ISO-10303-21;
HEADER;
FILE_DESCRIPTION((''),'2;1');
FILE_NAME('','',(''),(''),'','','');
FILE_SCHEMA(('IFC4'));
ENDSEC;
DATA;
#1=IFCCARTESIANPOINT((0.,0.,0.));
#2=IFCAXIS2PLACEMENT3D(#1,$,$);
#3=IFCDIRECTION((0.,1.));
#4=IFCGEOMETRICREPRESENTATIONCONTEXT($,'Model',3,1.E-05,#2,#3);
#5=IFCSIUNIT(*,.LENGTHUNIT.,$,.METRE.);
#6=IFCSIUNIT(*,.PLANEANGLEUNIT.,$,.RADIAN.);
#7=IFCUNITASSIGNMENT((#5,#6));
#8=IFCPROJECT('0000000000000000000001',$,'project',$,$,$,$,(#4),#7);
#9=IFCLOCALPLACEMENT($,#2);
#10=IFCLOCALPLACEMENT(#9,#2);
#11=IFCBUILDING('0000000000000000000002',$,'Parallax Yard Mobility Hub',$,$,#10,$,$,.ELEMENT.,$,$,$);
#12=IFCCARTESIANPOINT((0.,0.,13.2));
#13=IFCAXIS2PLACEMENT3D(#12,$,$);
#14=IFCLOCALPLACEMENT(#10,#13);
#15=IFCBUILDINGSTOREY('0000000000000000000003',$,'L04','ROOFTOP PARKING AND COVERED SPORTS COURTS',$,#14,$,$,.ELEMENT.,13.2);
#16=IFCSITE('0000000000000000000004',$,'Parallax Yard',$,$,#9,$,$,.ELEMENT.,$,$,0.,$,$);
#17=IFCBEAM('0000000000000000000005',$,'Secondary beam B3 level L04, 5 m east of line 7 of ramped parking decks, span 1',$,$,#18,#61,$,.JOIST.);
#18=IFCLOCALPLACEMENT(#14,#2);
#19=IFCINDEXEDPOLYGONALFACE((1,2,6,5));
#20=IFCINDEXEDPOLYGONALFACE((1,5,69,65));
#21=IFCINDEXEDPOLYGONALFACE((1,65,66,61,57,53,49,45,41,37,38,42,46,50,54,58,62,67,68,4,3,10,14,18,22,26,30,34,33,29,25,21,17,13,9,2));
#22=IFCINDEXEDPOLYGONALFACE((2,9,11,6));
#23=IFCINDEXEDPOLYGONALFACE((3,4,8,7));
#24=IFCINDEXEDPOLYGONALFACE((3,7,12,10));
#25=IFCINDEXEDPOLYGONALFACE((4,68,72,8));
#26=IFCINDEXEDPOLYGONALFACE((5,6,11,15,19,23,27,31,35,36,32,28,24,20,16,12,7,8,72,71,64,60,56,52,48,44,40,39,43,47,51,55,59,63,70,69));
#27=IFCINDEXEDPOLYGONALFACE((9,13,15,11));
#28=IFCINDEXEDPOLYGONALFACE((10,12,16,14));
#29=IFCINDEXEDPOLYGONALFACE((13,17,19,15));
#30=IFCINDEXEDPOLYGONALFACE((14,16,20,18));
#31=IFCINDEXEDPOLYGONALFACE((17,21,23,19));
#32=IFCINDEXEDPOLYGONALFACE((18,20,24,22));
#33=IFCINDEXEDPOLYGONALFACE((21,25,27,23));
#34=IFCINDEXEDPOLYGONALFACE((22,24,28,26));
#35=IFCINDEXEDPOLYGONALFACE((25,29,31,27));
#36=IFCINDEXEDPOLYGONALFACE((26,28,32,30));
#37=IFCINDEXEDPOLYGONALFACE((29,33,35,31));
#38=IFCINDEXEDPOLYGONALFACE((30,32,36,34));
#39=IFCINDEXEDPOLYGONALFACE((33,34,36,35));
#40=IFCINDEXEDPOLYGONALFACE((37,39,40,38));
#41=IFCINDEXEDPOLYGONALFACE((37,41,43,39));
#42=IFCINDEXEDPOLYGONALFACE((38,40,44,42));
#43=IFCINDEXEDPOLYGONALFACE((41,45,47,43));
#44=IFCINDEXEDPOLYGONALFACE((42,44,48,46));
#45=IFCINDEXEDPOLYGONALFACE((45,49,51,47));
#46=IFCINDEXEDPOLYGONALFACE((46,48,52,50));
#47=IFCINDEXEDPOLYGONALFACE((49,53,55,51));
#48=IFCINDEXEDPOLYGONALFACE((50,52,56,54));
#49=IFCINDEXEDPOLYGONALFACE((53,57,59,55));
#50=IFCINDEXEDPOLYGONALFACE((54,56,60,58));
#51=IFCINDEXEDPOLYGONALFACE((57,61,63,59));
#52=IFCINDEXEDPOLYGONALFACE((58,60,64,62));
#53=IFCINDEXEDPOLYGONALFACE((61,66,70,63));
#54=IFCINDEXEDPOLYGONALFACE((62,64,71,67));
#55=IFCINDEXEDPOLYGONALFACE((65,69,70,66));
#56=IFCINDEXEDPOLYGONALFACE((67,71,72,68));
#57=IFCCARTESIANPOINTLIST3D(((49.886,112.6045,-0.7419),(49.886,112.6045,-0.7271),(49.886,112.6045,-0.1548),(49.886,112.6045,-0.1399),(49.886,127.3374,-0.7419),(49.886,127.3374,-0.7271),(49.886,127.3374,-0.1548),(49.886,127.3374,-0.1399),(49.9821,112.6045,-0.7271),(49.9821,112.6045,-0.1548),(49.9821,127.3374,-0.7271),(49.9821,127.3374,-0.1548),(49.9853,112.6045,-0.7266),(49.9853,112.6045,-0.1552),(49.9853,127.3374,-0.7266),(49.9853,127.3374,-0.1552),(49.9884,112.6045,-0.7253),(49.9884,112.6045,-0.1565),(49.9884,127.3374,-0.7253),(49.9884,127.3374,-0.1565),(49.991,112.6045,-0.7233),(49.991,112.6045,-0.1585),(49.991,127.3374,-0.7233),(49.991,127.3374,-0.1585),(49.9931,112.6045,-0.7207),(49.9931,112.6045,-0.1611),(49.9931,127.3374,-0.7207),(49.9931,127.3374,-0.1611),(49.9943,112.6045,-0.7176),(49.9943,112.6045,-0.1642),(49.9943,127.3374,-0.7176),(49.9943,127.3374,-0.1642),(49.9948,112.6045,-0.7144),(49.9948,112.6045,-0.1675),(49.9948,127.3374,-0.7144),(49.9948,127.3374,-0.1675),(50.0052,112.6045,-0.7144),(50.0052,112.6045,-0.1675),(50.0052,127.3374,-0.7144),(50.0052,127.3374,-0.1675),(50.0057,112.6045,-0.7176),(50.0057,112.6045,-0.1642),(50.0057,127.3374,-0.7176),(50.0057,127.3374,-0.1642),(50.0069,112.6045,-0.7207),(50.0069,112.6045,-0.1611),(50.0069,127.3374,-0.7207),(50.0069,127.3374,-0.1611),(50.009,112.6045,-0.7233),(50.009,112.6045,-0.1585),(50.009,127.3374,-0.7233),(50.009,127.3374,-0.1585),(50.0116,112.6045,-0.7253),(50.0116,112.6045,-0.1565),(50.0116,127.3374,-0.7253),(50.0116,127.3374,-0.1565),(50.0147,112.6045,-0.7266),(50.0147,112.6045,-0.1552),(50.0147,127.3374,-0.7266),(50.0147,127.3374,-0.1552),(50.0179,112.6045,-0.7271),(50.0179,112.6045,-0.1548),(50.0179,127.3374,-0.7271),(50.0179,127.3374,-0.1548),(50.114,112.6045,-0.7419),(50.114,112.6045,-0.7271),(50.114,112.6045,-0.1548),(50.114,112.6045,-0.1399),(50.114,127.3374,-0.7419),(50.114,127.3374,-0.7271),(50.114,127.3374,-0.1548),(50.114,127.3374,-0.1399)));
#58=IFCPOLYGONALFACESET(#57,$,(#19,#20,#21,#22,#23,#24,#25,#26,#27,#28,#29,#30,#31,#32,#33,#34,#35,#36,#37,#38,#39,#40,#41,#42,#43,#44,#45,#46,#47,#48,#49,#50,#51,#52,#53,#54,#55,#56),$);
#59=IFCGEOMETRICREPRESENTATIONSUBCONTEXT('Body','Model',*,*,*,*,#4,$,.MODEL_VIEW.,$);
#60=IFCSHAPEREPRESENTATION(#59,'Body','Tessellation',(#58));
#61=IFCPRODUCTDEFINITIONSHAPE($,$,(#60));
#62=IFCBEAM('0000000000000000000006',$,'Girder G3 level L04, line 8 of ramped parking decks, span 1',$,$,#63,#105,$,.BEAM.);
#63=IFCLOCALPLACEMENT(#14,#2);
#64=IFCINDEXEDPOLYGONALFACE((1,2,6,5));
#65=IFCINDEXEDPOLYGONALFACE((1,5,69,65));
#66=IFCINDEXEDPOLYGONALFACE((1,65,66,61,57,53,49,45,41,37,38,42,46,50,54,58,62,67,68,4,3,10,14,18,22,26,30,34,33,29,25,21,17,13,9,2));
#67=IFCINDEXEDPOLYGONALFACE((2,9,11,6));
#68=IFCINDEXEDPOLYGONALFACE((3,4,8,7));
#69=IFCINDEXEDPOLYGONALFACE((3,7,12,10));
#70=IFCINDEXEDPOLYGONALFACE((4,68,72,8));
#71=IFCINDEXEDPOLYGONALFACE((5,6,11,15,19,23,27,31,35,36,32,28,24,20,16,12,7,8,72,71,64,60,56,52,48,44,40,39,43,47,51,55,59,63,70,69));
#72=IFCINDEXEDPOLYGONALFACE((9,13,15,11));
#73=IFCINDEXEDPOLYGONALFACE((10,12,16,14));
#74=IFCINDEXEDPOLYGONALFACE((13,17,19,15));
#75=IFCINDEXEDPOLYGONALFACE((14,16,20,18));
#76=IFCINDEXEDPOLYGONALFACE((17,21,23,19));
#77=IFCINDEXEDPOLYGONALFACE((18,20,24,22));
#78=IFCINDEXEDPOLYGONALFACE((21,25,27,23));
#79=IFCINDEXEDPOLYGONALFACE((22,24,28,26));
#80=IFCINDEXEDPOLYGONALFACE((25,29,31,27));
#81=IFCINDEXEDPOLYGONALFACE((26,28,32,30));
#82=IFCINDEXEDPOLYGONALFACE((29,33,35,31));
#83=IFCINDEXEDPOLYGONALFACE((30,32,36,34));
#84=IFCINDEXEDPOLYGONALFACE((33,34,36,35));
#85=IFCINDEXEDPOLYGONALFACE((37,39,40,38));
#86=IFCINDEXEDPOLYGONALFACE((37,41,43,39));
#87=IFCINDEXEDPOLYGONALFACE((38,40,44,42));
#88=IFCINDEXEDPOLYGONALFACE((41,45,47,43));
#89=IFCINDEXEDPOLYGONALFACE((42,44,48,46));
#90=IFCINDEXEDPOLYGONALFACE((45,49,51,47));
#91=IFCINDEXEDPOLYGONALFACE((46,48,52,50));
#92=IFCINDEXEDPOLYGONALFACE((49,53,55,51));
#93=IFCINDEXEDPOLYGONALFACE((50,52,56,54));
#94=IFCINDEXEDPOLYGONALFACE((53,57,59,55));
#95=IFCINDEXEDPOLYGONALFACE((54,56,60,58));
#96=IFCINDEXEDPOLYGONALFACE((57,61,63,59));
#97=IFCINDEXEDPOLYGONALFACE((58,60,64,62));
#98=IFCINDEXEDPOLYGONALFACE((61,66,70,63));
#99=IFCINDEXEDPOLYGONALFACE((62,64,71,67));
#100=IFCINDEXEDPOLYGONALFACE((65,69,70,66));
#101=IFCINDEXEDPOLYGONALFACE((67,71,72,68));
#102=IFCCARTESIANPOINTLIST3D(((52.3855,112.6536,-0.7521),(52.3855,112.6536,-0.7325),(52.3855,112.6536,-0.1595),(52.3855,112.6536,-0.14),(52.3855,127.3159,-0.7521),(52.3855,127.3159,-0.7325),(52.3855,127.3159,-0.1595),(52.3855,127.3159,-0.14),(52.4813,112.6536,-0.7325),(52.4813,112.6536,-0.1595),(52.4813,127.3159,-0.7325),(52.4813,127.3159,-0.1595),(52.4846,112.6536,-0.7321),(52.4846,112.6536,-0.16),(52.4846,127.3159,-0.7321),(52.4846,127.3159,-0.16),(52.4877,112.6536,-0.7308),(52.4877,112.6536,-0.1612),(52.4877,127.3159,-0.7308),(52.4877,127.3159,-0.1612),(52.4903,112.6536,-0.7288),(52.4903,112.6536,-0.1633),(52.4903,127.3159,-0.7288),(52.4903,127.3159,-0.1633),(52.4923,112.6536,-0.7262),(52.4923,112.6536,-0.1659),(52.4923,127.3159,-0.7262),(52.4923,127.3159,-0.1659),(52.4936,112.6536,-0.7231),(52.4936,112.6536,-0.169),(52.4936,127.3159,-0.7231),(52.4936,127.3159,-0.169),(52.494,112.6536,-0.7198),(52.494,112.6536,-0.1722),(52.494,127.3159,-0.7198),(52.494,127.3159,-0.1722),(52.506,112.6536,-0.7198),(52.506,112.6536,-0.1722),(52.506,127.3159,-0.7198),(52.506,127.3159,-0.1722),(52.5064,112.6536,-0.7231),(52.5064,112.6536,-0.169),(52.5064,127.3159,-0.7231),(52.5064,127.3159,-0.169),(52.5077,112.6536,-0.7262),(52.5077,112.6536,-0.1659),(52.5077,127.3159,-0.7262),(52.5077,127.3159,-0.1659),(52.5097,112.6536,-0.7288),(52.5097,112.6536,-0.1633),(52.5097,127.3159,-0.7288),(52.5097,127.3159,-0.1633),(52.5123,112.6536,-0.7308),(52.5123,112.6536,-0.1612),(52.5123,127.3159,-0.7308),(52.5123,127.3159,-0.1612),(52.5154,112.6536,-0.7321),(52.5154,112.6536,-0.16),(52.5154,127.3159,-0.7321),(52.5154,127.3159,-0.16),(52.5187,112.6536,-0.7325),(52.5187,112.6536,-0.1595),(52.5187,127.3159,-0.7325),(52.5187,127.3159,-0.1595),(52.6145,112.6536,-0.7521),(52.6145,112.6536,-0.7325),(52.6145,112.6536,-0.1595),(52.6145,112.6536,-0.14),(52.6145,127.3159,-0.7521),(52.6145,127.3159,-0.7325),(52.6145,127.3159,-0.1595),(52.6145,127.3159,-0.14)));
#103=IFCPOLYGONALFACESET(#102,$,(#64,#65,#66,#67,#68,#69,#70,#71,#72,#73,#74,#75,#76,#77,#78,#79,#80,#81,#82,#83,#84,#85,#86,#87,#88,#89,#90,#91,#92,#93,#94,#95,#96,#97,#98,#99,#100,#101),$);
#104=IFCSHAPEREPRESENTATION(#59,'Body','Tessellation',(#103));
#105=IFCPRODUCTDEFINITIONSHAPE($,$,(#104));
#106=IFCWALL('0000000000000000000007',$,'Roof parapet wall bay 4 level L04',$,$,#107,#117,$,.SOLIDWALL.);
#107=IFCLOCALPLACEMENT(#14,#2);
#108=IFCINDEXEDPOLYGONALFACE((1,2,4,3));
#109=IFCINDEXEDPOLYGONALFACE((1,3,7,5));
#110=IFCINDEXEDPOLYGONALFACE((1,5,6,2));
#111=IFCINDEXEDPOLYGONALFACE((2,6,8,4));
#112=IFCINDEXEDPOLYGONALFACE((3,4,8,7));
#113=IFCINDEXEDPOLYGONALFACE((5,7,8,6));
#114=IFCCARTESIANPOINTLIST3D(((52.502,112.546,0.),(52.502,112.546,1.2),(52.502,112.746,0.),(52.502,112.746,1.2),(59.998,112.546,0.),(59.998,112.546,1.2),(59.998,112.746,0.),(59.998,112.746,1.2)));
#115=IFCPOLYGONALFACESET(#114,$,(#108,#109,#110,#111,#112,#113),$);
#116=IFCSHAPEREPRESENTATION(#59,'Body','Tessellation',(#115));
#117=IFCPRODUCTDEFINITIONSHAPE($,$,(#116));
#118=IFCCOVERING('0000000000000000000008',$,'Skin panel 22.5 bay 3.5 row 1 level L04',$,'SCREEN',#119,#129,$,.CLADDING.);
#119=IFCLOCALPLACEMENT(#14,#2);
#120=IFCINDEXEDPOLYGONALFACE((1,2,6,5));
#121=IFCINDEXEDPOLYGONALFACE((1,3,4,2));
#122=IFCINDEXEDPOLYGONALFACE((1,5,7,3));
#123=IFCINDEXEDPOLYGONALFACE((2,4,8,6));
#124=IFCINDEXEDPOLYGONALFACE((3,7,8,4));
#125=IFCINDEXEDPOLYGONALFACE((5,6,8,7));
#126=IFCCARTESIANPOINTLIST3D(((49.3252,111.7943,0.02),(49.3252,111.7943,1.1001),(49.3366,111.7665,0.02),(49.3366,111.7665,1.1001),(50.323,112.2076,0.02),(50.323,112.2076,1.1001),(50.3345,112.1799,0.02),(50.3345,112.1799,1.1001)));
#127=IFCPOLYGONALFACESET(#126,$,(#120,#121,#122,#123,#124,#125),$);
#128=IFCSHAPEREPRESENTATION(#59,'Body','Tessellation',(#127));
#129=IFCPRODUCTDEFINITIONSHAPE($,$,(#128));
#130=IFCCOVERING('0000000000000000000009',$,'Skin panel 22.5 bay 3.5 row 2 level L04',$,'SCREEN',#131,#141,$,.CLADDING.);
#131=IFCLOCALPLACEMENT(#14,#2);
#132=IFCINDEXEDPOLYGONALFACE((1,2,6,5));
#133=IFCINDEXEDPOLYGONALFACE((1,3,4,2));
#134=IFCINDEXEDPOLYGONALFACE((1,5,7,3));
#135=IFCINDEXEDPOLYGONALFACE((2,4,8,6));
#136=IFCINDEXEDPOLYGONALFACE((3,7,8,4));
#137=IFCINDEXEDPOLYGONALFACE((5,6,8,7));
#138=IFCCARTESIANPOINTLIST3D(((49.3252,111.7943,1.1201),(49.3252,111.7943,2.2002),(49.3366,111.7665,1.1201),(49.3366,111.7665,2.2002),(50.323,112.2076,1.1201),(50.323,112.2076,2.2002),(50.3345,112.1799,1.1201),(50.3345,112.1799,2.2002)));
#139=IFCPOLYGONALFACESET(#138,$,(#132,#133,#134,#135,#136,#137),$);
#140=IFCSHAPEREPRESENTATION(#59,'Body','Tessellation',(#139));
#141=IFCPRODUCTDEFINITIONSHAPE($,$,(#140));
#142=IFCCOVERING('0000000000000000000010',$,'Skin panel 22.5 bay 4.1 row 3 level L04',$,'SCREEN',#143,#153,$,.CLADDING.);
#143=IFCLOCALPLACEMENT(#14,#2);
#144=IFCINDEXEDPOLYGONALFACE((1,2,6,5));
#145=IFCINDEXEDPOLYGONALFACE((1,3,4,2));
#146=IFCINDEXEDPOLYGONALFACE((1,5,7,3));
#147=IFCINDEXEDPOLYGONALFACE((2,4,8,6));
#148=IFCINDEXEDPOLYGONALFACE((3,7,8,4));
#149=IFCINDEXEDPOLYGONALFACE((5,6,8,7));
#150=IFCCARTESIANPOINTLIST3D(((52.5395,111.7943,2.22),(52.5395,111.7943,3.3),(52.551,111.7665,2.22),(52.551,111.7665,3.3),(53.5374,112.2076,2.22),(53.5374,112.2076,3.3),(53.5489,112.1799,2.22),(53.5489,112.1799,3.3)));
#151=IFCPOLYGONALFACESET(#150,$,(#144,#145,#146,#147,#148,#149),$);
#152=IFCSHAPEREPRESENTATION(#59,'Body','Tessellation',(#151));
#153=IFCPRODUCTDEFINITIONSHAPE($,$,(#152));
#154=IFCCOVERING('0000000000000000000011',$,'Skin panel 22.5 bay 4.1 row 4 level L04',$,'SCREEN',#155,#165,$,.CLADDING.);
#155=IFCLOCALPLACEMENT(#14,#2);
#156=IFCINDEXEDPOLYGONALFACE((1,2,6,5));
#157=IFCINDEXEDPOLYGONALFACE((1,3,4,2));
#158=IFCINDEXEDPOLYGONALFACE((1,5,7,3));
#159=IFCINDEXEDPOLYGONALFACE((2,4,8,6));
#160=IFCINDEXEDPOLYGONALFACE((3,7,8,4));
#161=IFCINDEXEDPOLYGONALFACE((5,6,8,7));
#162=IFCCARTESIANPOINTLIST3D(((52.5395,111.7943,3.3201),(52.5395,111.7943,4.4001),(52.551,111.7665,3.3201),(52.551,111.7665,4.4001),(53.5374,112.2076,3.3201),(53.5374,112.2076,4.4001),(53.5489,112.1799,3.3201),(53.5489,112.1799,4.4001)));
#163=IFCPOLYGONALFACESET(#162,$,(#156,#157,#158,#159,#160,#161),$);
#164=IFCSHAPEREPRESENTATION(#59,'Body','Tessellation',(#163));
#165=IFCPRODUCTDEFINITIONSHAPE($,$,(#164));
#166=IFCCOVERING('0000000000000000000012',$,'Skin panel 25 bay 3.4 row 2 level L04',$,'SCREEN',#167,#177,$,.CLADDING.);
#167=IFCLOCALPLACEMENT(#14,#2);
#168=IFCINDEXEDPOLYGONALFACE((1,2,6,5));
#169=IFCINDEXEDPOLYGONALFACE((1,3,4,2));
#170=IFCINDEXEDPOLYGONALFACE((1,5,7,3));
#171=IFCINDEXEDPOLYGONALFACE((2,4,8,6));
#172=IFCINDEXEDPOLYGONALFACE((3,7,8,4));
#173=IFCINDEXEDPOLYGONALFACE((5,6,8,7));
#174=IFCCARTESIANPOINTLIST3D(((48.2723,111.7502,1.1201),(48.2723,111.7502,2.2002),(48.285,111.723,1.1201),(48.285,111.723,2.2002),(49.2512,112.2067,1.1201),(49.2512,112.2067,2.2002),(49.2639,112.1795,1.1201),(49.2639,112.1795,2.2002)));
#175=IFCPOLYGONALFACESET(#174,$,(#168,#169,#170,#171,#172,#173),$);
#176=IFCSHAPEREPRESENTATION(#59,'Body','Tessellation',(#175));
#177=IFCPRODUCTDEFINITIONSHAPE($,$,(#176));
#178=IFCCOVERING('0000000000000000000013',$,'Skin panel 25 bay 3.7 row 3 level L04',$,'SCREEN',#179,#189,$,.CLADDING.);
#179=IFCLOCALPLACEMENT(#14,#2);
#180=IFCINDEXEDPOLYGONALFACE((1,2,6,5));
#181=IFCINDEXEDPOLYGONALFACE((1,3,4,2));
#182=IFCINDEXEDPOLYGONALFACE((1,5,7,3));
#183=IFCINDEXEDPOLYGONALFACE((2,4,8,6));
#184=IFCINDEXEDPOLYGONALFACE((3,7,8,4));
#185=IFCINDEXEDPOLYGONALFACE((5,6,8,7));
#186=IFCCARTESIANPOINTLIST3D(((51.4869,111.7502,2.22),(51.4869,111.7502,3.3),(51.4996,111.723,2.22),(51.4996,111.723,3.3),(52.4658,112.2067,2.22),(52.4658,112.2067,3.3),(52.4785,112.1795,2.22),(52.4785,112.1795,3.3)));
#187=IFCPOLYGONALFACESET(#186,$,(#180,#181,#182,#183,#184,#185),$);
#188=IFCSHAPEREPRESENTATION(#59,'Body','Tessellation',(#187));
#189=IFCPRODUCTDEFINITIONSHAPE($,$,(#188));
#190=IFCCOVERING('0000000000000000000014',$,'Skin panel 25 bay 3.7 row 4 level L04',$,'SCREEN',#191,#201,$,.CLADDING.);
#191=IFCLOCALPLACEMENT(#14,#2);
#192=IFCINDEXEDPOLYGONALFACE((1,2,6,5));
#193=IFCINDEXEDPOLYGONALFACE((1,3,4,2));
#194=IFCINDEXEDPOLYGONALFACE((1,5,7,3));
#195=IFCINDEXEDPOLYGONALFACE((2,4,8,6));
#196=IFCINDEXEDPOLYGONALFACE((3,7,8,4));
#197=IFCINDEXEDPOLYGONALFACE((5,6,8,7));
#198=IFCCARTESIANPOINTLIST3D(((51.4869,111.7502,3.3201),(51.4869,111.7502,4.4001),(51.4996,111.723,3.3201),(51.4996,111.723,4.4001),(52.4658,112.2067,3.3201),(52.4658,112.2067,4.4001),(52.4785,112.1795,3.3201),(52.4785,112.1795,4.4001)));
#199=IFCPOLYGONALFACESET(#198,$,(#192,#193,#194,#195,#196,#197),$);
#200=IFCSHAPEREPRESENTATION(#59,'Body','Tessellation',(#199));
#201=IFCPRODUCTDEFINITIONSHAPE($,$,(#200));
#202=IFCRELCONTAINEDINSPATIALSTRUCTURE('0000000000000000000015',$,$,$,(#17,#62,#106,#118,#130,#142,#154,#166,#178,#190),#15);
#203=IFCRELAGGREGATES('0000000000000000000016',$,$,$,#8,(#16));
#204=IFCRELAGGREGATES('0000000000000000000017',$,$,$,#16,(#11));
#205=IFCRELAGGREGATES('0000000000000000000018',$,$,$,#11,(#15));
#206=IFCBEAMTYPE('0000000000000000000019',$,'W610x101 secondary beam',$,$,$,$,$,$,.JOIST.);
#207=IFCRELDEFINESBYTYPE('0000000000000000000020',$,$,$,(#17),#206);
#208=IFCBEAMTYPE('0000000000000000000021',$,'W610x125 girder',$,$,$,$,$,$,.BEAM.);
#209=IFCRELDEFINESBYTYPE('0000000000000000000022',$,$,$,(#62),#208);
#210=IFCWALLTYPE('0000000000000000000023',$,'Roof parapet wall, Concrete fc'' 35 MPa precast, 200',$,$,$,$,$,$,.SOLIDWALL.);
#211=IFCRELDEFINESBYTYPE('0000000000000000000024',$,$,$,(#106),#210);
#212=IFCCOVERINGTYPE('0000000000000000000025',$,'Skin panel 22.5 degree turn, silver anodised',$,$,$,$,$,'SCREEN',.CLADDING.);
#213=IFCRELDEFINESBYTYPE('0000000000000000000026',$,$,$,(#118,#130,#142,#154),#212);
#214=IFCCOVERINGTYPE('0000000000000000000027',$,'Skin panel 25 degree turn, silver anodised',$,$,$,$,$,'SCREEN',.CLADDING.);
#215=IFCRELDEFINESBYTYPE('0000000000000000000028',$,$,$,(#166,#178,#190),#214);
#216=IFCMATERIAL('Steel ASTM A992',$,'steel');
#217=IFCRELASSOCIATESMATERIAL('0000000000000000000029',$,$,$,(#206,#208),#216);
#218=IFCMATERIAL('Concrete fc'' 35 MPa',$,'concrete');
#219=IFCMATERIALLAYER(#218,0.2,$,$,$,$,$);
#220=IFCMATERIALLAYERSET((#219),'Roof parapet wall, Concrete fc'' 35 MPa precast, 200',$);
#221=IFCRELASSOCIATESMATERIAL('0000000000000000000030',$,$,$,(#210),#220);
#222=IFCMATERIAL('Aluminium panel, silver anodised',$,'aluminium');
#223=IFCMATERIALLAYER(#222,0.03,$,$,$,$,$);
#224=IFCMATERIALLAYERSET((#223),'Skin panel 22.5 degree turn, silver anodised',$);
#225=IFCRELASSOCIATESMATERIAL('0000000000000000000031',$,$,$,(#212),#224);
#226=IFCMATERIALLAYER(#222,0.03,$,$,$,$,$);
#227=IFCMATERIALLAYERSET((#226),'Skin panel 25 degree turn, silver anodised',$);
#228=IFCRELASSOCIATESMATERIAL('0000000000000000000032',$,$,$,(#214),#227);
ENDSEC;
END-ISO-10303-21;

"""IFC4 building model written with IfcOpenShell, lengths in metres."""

from ifc_helpers import new_model, si_unit, direction, frame, frame_2d, origin, origin_2d, place, context, subcontext, project, spatial, rectangle, i_section, extrude, material, layer, layer_set, material_profile, profile_set, type_object, element, save


model = new_model("IFC4")

# Units and contexts
model_context = context("Model", 3, precision=1e-05, world=origin(), true_north=direction((0.0, 1.0)))
body_context = subcontext(model_context, "Body", "Model", "MODEL_VIEW")
ifc_project = project(units=[si_unit("LENGTHUNIT", "METRE"), si_unit("PLANEANGLEUNIT", "RADIAN")], contexts=[model_context])

# Site, building, storey
site_placement = place(None, origin())
site = spatial("IfcSite", under=ifc_project, at=site_placement, Name="Parallax Yard", CompositionType="ELEMENT", RefElevation=0.0)
building_placement = place(site_placement, origin())
building = spatial("IfcBuilding", under=site, at=building_placement, Name="Parallax Yard Mobility Hub", CompositionType="ELEMENT")
storey_placement = place(building_placement, frame((0.0, 0.0, 13.2)))
storey = spatial("IfcBuildingStorey", under=building, at=storey_placement, Name="L04", Description="ROOFTOP PARKING AND COVERED SPORTS COURTS", CompositionType="ELEMENT", Elevation=13.2)

# Shared definitions
ifc_material_1 = material(Name="Steel ASTM A992", Category="steel")

# Beams
ifc_material_profile_1 = material_profile(ifc_material_1, i_section(OverallWidth=0.228, OverallDepth=0.6021, WebThickness=0.0105, FlangeThickness=0.0149, FilletRadius=0.0127, at=origin_2d()), Name="W610x101")
ifc_profile_set_1 = profile_set([ifc_material_profile_1], Name="Steel ASTM A992")
beam_type_1 = type_object("IfcBeamType", Name="W610x101 secondary beam", PredefinedType="JOIST", material=ifc_profile_set_1)
beam_1_placement = place(storey_placement, frame((50.0, 112.6045, -0.4409), z_axis=(0.0, 1.0, 0.0), x_axis=(-1.0, 0.0, 0.0)))
element("IfcBeam", 1, at=beam_1_placement, inside=storey, type_object=beam_type_1, Name="Secondary beam B3 level L04, 5 m east of line 7 of ramped parking decks, span 1", PredefinedType="JOIST", context=body_context, shape_type="SweptSolid", body=[
    extrude(i_section(OverallWidth=0.228, OverallDepth=0.6021, WebThickness=0.0105, FlangeThickness=0.0149, FilletRadius=0.0127, at=origin_2d()), origin(), (0.0, 0.0, 1.0), 14.7329),
])
ifc_material_profile_2 = material_profile(ifc_material_1, i_section(OverallWidth=0.229, OverallDepth=0.6121, WebThickness=0.012, FlangeThickness=0.0195, FilletRadius=0.0127, at=origin_2d()), Name="W610x125")
ifc_profile_set_2 = profile_set([ifc_material_profile_2], Name="Steel ASTM A992")
beam_type_2 = type_object("IfcBeamType", Name="W610x125 girder", PredefinedType="BEAM", material=ifc_profile_set_2)
beam_2_placement = place(storey_placement, frame((52.5, 112.6536, -0.446), z_axis=(0.0, 1.0, 0.0), x_axis=(-1.0, 0.0, 0.0)))
element("IfcBeam", 2, at=beam_2_placement, inside=storey, type_object=beam_type_2, Name="Girder G3 level L04, line 8 of ramped parking decks, span 1", PredefinedType="BEAM", context=body_context, shape_type="SweptSolid", body=[
    extrude(i_section(OverallWidth=0.229, OverallDepth=0.6121, WebThickness=0.012, FlangeThickness=0.0195, FilletRadius=0.0127, at=origin_2d()), origin(), (0.0, 0.0, 1.0), 14.6624),
])

# Wall
ifc_material_2 = material(Name="Concrete fc' 35 MPa", Category="concrete")
ifc_layer_1 = layer(ifc_material_2, 0.2)
ifc_layer_set_1 = layer_set([ifc_layer_1], Name="Roof parapet wall, Concrete fc' 35 MPa precast, 200")
wall_type = type_object("IfcWallType", Name="Roof parapet wall, Concrete fc' 35 MPa precast, 200", PredefinedType="SOLIDWALL", material=ifc_layer_set_1)
wall_placement = place(storey_placement, frame((52.502, 112.646, 0.0), z_axis=(0.0, 0.0, 1.0), x_axis=(1.0, 0.0, 0.0)))
element("IfcWall", 3, at=wall_placement, inside=storey, type_object=wall_type, Name="Roof parapet wall bay 4 level L04", PredefinedType="SOLIDWALL", context=body_context, shape_type="SweptSolid", body=[
    extrude(rectangle(XDim=7.4961, YDim=0.2, at=frame_2d((3.748, 0.0))), origin(), (0.0, 0.0, 1.0), 1.2),
])

# Coverings
ifc_material_3 = material(Name="Aluminium panel, silver anodised", Category="aluminium")
ifc_layer_2 = layer(ifc_material_3, 0.03)
ifc_layer_set_2 = layer_set([ifc_layer_2], Name="Skin panel 22.5 degree turn, silver anodised")
covering_type_1 = type_object("IfcCoveringType", Name="Skin panel 22.5 degree turn, silver anodised", ElementType="SCREEN", PredefinedType="CLADDING", material=ifc_layer_set_2)
for number, where, z_axis, x_axis, name in (
    (4, (49.8298, 111.9871, 0.02), (0.0, 0.0, 1.0), (-0.92388, -0.382683, 0.0), "Skin panel 22.5 bay 3.5 row 1 level L04"),
    (5, (49.8298, 111.9871, 1.1201), (0.0, 0.0, 1.0), (-0.92388, -0.382683, 0.0), "Skin panel 22.5 bay 3.5 row 2 level L04"),
    (6, (53.0442, 111.9871, 2.22), (0.0, 0.0, 1.0), (-0.92388, -0.382683, 0.0), "Skin panel 22.5 bay 4.1 row 3 level L04"),
    (7, (53.0442, 111.9871, 3.3201), (0.0, 0.0, 1.0), (-0.92388, -0.382683, 0.0), "Skin panel 22.5 bay 4.1 row 4 level L04"),
):
    element("IfcCovering", number, at=place(storey_placement, frame(where, z_axis=z_axis, x_axis=x_axis)), inside=storey, type_object=covering_type_1, Name=name, ObjectType="SCREEN", PredefinedType="CLADDING", context=body_context, shape_type="SweptSolid", body=[
        extrude(rectangle(XDim=1.0801, YDim=0.03, at=origin_2d()), origin(), (0.0, 0.0, 1.0), 1.0801),
    ])
ifc_layer_3 = layer(ifc_material_3, 0.03)
ifc_layer_set_3 = layer_set([ifc_layer_3], Name="Skin panel 25 degree turn, silver anodised")
covering_type_2 = type_object("IfcCoveringType", Name="Skin panel 25 degree turn, silver anodised", ElementType="SCREEN", PredefinedType="CLADDING", material=ifc_layer_set_3)
for number, where, z_axis, x_axis, name in (
    (8, (48.7681, 111.9648, 1.1201), (0.0, 0.0, 1.0), (-0.906308, -0.422618, 0.0), "Skin panel 25 bay 3.4 row 2 level L04"),
    (9, (51.9827, 111.9648, 2.22), (0.0, 0.0, 1.0), (-0.906308, -0.422618, 0.0), "Skin panel 25 bay 3.7 row 3 level L04"),
    (10, (51.9827, 111.9648, 3.3201), (0.0, 0.0, 1.0), (-0.906308, -0.422618, 0.0), "Skin panel 25 bay 3.7 row 4 level L04"),
):
    element("IfcCovering", number, at=place(storey_placement, frame(where, z_axis=z_axis, x_axis=x_axis)), inside=storey, type_object=covering_type_2, Name=name, ObjectType="SCREEN", PredefinedType="CLADDING", context=body_context, shape_type="SweptSolid", body=[
        extrude(rectangle(XDim=1.0801, YDim=0.03, at=origin_2d()), origin(), (0.0, 0.0, 1.0), 1.0801),
    ])

save(model, "model.ifc")
